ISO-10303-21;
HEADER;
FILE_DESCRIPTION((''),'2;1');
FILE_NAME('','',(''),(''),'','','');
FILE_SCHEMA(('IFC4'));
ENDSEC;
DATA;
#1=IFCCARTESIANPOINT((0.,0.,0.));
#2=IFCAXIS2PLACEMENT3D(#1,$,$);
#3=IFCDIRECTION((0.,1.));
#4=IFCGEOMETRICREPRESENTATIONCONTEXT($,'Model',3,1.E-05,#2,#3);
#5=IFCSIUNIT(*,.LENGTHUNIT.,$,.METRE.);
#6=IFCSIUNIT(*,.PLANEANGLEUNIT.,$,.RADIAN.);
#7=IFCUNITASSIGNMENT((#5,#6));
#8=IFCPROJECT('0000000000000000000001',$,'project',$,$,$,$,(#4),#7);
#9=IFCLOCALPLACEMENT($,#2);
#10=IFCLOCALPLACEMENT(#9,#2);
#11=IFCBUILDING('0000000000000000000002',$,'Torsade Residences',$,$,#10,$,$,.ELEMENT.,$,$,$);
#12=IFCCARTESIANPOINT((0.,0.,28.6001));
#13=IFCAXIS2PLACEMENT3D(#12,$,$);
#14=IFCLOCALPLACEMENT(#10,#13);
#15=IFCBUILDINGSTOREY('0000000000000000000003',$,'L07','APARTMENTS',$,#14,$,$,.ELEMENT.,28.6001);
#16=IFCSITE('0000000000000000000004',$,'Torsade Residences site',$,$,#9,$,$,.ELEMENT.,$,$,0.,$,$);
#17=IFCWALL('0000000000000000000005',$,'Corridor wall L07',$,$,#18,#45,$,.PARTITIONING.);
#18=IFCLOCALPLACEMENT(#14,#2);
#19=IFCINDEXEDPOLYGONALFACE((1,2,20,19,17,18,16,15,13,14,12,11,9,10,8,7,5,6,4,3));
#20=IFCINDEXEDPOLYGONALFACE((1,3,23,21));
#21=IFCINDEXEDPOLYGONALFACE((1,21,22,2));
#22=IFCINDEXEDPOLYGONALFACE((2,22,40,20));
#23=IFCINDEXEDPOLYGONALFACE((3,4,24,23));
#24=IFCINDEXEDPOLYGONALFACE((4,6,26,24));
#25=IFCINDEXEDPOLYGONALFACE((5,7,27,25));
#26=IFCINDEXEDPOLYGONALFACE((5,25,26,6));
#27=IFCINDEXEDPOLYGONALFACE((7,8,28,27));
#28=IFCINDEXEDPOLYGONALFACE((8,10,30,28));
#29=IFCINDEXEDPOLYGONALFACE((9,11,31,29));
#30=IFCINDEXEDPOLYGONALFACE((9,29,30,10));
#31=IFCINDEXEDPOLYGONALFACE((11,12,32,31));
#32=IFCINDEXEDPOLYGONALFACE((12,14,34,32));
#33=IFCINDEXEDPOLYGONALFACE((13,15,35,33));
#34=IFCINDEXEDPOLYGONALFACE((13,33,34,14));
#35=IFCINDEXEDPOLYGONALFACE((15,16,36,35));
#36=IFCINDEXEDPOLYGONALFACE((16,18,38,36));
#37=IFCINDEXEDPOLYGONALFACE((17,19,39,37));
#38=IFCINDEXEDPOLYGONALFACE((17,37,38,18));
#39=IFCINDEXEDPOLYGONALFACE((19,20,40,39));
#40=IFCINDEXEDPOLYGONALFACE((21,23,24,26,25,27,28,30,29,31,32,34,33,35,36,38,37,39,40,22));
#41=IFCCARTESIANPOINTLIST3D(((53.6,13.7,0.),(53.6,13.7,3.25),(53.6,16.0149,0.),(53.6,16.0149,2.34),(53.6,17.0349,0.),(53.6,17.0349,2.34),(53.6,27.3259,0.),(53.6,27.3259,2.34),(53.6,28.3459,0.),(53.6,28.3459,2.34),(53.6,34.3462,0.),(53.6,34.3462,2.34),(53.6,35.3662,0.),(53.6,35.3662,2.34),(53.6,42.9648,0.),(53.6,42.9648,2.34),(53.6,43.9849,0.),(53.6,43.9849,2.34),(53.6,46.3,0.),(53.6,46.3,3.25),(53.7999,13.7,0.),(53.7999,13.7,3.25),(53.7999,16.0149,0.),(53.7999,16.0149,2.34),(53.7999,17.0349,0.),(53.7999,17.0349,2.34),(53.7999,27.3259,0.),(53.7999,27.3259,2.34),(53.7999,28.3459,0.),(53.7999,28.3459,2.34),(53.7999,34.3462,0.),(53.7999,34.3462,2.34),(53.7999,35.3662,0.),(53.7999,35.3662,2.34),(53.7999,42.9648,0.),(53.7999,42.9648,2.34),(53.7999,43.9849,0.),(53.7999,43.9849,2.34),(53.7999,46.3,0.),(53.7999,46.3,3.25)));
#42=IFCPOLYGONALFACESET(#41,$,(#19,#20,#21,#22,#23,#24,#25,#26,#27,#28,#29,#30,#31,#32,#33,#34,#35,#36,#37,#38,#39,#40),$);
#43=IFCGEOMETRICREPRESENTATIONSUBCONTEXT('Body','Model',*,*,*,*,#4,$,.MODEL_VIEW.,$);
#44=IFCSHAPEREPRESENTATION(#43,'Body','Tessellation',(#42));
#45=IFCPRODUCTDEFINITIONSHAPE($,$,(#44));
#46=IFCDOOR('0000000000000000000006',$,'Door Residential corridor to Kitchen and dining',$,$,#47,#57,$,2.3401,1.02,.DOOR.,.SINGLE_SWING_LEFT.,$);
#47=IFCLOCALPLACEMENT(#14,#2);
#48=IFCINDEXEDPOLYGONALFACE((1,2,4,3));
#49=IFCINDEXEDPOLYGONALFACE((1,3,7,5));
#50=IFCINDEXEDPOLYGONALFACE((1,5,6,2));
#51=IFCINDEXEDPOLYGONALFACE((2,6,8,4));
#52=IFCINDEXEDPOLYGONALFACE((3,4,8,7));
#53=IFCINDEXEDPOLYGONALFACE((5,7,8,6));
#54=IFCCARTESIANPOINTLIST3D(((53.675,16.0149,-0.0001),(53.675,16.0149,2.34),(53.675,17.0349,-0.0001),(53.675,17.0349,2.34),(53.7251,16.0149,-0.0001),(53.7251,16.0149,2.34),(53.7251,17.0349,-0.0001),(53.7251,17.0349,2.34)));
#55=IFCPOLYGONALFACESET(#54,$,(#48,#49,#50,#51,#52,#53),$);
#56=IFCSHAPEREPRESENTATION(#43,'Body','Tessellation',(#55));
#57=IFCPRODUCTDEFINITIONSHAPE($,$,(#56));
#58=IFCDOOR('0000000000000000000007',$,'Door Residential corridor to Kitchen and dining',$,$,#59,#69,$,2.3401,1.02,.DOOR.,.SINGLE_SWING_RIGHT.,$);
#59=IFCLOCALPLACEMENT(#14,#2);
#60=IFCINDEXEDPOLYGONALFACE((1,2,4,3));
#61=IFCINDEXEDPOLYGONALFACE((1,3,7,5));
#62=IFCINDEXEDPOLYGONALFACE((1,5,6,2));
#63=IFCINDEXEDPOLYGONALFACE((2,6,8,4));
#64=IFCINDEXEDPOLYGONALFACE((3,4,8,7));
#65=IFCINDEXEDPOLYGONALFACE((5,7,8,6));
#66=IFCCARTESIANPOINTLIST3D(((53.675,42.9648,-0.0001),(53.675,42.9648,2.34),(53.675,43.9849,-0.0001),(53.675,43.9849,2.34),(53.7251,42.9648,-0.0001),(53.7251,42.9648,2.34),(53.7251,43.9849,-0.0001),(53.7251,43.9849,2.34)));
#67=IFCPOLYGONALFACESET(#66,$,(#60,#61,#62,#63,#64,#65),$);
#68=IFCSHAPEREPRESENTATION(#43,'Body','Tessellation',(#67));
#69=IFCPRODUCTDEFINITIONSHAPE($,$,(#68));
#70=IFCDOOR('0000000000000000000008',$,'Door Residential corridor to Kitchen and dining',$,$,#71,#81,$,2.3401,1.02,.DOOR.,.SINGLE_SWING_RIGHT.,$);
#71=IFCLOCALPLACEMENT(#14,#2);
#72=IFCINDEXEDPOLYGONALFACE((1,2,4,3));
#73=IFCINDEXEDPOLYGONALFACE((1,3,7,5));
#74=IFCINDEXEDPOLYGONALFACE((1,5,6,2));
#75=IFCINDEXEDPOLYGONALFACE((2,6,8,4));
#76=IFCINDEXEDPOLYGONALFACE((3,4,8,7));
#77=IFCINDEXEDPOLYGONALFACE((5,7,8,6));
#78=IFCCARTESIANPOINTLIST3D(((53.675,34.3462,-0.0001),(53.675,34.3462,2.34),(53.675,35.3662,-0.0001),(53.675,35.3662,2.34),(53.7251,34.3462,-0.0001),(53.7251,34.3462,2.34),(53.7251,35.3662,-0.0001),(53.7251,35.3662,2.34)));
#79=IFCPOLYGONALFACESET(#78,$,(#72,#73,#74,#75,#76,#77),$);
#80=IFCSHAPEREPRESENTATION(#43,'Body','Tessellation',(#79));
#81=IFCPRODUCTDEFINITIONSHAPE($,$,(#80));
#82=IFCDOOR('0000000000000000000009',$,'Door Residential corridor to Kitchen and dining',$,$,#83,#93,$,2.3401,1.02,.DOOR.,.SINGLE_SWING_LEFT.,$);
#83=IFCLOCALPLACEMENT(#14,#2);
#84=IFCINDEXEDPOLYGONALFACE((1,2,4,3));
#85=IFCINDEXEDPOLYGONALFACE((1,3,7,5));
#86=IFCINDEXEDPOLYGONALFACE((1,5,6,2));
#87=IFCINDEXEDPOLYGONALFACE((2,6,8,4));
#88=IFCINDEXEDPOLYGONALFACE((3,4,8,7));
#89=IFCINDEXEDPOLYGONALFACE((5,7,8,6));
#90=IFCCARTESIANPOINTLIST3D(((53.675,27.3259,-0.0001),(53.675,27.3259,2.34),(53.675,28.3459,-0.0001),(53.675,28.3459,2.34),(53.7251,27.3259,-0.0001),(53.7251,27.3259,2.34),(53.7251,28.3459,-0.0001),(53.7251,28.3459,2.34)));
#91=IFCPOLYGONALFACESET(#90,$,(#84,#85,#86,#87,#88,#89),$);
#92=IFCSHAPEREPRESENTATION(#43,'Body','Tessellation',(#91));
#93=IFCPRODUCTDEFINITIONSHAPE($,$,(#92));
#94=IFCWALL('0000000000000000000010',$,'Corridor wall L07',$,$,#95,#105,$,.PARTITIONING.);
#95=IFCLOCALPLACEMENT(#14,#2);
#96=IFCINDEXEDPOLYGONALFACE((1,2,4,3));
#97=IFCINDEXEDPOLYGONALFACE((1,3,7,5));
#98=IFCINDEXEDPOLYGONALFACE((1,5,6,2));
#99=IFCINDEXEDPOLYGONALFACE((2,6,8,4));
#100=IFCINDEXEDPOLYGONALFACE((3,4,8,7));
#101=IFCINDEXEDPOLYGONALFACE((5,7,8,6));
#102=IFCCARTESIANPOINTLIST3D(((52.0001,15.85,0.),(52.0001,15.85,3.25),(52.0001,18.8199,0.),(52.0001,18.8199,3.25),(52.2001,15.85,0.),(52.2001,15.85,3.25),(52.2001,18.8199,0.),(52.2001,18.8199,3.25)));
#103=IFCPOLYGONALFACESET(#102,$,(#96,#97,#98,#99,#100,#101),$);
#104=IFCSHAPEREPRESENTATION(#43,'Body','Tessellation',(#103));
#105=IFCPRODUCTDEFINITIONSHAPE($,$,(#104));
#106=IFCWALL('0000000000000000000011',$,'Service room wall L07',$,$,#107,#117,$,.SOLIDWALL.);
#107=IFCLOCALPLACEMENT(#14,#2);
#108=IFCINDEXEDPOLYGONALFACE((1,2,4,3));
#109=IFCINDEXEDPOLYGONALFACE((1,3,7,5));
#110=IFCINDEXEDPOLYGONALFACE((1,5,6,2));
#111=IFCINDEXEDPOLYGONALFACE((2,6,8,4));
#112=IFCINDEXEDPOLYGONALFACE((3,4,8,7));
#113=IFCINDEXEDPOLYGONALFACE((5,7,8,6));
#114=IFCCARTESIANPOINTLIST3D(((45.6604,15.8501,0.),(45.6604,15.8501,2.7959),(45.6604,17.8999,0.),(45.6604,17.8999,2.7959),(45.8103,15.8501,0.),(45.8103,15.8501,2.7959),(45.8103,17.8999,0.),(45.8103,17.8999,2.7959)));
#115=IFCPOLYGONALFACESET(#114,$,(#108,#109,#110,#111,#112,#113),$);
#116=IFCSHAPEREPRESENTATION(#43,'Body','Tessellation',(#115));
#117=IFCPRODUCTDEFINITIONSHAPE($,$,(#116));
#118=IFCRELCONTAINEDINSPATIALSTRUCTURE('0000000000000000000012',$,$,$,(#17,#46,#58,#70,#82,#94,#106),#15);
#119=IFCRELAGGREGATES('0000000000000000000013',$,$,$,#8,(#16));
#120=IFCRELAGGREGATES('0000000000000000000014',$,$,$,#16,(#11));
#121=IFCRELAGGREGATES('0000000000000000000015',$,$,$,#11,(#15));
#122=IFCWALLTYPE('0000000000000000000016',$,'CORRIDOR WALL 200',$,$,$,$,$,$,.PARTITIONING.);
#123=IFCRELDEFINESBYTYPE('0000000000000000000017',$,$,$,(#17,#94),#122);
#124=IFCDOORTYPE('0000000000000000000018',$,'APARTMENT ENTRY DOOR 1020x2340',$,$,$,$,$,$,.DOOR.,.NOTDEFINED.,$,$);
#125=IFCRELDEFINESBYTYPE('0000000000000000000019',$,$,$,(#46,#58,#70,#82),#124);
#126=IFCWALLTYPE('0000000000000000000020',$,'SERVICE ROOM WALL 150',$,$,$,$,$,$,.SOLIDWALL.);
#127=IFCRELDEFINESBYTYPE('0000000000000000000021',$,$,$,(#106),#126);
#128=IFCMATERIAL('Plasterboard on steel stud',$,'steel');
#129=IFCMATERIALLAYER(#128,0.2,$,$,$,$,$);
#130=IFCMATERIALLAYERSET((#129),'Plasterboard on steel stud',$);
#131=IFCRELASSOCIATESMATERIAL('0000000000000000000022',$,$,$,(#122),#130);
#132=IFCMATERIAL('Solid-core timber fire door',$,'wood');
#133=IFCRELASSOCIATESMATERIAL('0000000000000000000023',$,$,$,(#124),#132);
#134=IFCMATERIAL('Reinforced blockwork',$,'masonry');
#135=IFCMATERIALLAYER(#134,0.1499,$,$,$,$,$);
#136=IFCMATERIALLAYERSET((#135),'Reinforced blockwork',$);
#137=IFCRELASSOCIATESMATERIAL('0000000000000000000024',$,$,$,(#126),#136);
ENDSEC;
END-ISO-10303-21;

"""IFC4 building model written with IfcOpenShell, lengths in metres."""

from ifc_helpers import new_model, si_unit, direction, frame, frame_2d, origin, place, context, subcontext, project, spatial, rectangle, extrude, material, layer, layer_set, type_object, element, fill, save


model = new_model("IFC4")

# Units and contexts
model_context = context("Model", 3, precision=1e-05, world=origin(), true_north=direction((0.0, 1.0)))
body_context = subcontext(model_context, "Body", "Model", "MODEL_VIEW")
ifc_project = project(units=[si_unit("LENGTHUNIT", "METRE"), si_unit("PLANEANGLEUNIT", "RADIAN")], contexts=[model_context])

# Site, building, storey
site_placement = place(None, origin())
site = spatial("IfcSite", under=ifc_project, at=site_placement, Name="Torsade Residences site", CompositionType="ELEMENT", RefElevation=0.0)
building_placement = place(site_placement, origin())
building = spatial("IfcBuilding", under=site, at=building_placement, Name="Torsade Residences", CompositionType="ELEMENT")
storey_placement = place(building_placement, frame((0.0, 0.0, 28.6001)))
storey = spatial("IfcBuildingStorey", under=building, at=storey_placement, Name="L07", Description="APARTMENTS", CompositionType="ELEMENT", Elevation=28.6001)

# Shared definitions
ifc_material_1 = material(Name="Plasterboard on steel stud", Category="steel")
ifc_layer_1 = layer(ifc_material_1, 0.2)
ifc_layer_set_1 = layer_set([ifc_layer_1], Name="Plasterboard on steel stud")
wall_type_1 = type_object("IfcWallType", Name="CORRIDOR WALL 200", PredefinedType="PARTITIONING", material=ifc_layer_set_1)
ifc_material_2 = material(Name="Solid-core timber fire door", Category="wood")
door_type = type_object("IfcDoorType", Name="APARTMENT ENTRY DOOR 1020x2340", OperationType="NOTDEFINED", PredefinedType="DOOR", material=ifc_material_2)

# Wall, openings, doors
wall_1_placement = place(storey_placement, frame((53.7, 13.7, 0.0), z_axis=(0.0, 0.0, 1.0), x_axis=(0.0, 1.0, 0.0)))
wall_1 = element("IfcWall", 1, at=wall_1_placement, inside=storey, type_object=wall_type_1, Name="Corridor wall L07", PredefinedType="PARTITIONING", context=body_context, shape_type="SweptSolid", body=[
    extrude(rectangle(XDim=32.6001, YDim=0.2, at=frame_2d((16.3, 0.0))), origin(), (0.0, 0.0, 1.0), 3.25),
])
opening_1_placement = place(wall_1_placement, frame((2.3149, 0.0, 0.0)))
opening_1 = element("IfcOpeningElement", 2, at=opening_1_placement, cuts=wall_1, PredefinedType="OPENING", context=body_context, shape_type="SweptSolid", body=[
    extrude(rectangle(XDim=1.02, YDim=2.3401, at=frame_2d((0.51, 1.1699))), frame((0.0, 0.1099, 0.0), z_axis=(0.0, -1.0, 0.0), x_axis=(1.0, 0.0, 0.0)), (0.0, 0.0, 1.0), 0.22),
])
opening_2_placement = place(wall_1_placement, frame((29.2649, 0.0, 0.0)))
opening_2 = element("IfcOpeningElement", 3, at=opening_2_placement, cuts=wall_1, PredefinedType="OPENING", context=body_context, shape_type="SweptSolid", body=[
    extrude(rectangle(XDim=1.02, YDim=2.3401, at=frame_2d((0.51, 1.1699))), frame((0.0, 0.1099, 0.0), z_axis=(0.0, -1.0, 0.0), x_axis=(1.0, 0.0, 0.0)), (0.0, 0.0, 1.0), 0.22),
])
opening_3_placement = place(wall_1_placement, frame((20.6462, 0.0, 0.0)))
opening_3 = element("IfcOpeningElement", 4, at=opening_3_placement, cuts=wall_1, PredefinedType="OPENING", context=body_context, shape_type="SweptSolid", body=[
    extrude(rectangle(XDim=1.02, YDim=2.3401, at=frame_2d((0.51, 1.1699))), frame((0.0, 0.1099, 0.0), z_axis=(0.0, -1.0, 0.0), x_axis=(1.0, 0.0, 0.0)), (0.0, 0.0, 1.0), 0.22),
])
opening_4_placement = place(wall_1_placement, frame((13.626, 0.0, 0.0)))
opening_4 = element("IfcOpeningElement", 5, at=opening_4_placement, cuts=wall_1, PredefinedType="OPENING", context=body_context, shape_type="SweptSolid", body=[
    extrude(rectangle(XDim=1.02, YDim=2.3401, at=frame_2d((0.51, 1.1699))), frame((0.0, 0.1099, 0.0), z_axis=(0.0, -1.0, 0.0), x_axis=(1.0, 0.0, 0.0)), (0.0, 0.0, 1.0), 0.22),
])
door_1_placement = place(opening_1_placement, origin())
door_1 = element("IfcDoor", 6, at=door_1_placement, inside=storey, type_object=door_type, Name="Door Residential corridor to Kitchen and dining", OperationType="SINGLE_SWING_LEFT", OverallHeight=2.3401, OverallWidth=1.02, PredefinedType="DOOR", context=body_context, shape_type="SweptSolid", body=[
    extrude(rectangle(XDim=1.02, YDim=2.3401, at=frame_2d((0.51, 1.1699))), frame((0.0, 0.0249, 0.0), z_axis=(0.0, -1.0, 0.0), x_axis=(1.0, 0.0, 0.0)), (0.0, 0.0, 1.0), 0.05),
])
fill(opening_1, door_1)
door_2_placement = place(opening_2_placement, origin())
door_2 = element("IfcDoor", 7, at=door_2_placement, inside=storey, type_object=door_type, Name="Door Residential corridor to Kitchen and dining", OperationType="SINGLE_SWING_RIGHT", OverallHeight=2.3401, OverallWidth=1.02, PredefinedType="DOOR", context=body_context, shape_type="SweptSolid", body=[
    extrude(rectangle(XDim=1.02, YDim=2.3401, at=frame_2d((0.51, 1.1699))), frame((0.0, 0.0249, 0.0), z_axis=(0.0, -1.0, 0.0), x_axis=(1.0, 0.0, 0.0)), (0.0, 0.0, 1.0), 0.05),
])
fill(opening_2, door_2)
door_3_placement = place(opening_3_placement, origin())
door_3 = element("IfcDoor", 8, at=door_3_placement, inside=storey, type_object=door_type, Name="Door Residential corridor to Kitchen and dining", OperationType="SINGLE_SWING_RIGHT", OverallHeight=2.3401, OverallWidth=1.02, PredefinedType="DOOR", context=body_context, shape_type="SweptSolid", body=[
    extrude(rectangle(XDim=1.02, YDim=2.3401, at=frame_2d((0.51, 1.1699))), frame((0.0, 0.0249, 0.0), z_axis=(0.0, -1.0, 0.0), x_axis=(1.0, 0.0, 0.0)), (0.0, 0.0, 1.0), 0.05),
])
fill(opening_3, door_3)
door_4_placement = place(opening_4_placement, origin())
door_4 = element("IfcDoor", 9, at=door_4_placement, inside=storey, type_object=door_type, Name="Door Residential corridor to Kitchen and dining", OperationType="SINGLE_SWING_LEFT", OverallHeight=2.3401, OverallWidth=1.02, PredefinedType="DOOR", context=body_context, shape_type="SweptSolid", body=[
    extrude(rectangle(XDim=1.02, YDim=2.3401, at=frame_2d((0.51, 1.1699))), frame((0.0, 0.0249, 0.0), z_axis=(0.0, -1.0, 0.0), x_axis=(1.0, 0.0, 0.0)), (0.0, 0.0, 1.0), 0.05),
])
fill(opening_4, door_4)

# Walls
wall_2_placement = place(storey_placement, frame((52.1001, 15.8501, 0.0), z_axis=(0.0, 0.0, 1.0), x_axis=(0.0, 1.0, 0.0)))
element("IfcWall", 10, at=wall_2_placement, inside=storey, type_object=wall_type_1, Name="Corridor wall L07", PredefinedType="PARTITIONING", context=body_context, shape_type="SweptSolid", body=[
    extrude(rectangle(XDim=2.97, YDim=0.2, at=frame_2d((1.4849, 0.0))), origin(), (0.0, 0.0, 1.0), 3.25),
])
ifc_material_3 = material(Name="Reinforced blockwork", Category="masonry")
ifc_layer_2 = layer(ifc_material_3, 0.1499)
ifc_layer_set_2 = layer_set([ifc_layer_2], Name="Reinforced blockwork")
wall_type_2 = type_object("IfcWallType", Name="SERVICE ROOM WALL 150", PredefinedType="SOLIDWALL", material=ifc_layer_set_2)
wall_3_placement = place(storey_placement, frame((45.7354, 15.8501, 0.0), z_axis=(0.0, 0.0, 1.0), x_axis=(0.0, 1.0, 0.0)))
element("IfcWall", 11, at=wall_3_placement, inside=storey, type_object=wall_type_2, Name="Service room wall L07", PredefinedType="SOLIDWALL", context=body_context, shape_type="SweptSolid", body=[
    extrude(rectangle(XDim=2.0498, YDim=0.1499, at=frame_2d((1.0249, 0.0))), origin(), (0.0, 0.0, 1.0), 2.7959),
])

save(model, "model.ifc")
